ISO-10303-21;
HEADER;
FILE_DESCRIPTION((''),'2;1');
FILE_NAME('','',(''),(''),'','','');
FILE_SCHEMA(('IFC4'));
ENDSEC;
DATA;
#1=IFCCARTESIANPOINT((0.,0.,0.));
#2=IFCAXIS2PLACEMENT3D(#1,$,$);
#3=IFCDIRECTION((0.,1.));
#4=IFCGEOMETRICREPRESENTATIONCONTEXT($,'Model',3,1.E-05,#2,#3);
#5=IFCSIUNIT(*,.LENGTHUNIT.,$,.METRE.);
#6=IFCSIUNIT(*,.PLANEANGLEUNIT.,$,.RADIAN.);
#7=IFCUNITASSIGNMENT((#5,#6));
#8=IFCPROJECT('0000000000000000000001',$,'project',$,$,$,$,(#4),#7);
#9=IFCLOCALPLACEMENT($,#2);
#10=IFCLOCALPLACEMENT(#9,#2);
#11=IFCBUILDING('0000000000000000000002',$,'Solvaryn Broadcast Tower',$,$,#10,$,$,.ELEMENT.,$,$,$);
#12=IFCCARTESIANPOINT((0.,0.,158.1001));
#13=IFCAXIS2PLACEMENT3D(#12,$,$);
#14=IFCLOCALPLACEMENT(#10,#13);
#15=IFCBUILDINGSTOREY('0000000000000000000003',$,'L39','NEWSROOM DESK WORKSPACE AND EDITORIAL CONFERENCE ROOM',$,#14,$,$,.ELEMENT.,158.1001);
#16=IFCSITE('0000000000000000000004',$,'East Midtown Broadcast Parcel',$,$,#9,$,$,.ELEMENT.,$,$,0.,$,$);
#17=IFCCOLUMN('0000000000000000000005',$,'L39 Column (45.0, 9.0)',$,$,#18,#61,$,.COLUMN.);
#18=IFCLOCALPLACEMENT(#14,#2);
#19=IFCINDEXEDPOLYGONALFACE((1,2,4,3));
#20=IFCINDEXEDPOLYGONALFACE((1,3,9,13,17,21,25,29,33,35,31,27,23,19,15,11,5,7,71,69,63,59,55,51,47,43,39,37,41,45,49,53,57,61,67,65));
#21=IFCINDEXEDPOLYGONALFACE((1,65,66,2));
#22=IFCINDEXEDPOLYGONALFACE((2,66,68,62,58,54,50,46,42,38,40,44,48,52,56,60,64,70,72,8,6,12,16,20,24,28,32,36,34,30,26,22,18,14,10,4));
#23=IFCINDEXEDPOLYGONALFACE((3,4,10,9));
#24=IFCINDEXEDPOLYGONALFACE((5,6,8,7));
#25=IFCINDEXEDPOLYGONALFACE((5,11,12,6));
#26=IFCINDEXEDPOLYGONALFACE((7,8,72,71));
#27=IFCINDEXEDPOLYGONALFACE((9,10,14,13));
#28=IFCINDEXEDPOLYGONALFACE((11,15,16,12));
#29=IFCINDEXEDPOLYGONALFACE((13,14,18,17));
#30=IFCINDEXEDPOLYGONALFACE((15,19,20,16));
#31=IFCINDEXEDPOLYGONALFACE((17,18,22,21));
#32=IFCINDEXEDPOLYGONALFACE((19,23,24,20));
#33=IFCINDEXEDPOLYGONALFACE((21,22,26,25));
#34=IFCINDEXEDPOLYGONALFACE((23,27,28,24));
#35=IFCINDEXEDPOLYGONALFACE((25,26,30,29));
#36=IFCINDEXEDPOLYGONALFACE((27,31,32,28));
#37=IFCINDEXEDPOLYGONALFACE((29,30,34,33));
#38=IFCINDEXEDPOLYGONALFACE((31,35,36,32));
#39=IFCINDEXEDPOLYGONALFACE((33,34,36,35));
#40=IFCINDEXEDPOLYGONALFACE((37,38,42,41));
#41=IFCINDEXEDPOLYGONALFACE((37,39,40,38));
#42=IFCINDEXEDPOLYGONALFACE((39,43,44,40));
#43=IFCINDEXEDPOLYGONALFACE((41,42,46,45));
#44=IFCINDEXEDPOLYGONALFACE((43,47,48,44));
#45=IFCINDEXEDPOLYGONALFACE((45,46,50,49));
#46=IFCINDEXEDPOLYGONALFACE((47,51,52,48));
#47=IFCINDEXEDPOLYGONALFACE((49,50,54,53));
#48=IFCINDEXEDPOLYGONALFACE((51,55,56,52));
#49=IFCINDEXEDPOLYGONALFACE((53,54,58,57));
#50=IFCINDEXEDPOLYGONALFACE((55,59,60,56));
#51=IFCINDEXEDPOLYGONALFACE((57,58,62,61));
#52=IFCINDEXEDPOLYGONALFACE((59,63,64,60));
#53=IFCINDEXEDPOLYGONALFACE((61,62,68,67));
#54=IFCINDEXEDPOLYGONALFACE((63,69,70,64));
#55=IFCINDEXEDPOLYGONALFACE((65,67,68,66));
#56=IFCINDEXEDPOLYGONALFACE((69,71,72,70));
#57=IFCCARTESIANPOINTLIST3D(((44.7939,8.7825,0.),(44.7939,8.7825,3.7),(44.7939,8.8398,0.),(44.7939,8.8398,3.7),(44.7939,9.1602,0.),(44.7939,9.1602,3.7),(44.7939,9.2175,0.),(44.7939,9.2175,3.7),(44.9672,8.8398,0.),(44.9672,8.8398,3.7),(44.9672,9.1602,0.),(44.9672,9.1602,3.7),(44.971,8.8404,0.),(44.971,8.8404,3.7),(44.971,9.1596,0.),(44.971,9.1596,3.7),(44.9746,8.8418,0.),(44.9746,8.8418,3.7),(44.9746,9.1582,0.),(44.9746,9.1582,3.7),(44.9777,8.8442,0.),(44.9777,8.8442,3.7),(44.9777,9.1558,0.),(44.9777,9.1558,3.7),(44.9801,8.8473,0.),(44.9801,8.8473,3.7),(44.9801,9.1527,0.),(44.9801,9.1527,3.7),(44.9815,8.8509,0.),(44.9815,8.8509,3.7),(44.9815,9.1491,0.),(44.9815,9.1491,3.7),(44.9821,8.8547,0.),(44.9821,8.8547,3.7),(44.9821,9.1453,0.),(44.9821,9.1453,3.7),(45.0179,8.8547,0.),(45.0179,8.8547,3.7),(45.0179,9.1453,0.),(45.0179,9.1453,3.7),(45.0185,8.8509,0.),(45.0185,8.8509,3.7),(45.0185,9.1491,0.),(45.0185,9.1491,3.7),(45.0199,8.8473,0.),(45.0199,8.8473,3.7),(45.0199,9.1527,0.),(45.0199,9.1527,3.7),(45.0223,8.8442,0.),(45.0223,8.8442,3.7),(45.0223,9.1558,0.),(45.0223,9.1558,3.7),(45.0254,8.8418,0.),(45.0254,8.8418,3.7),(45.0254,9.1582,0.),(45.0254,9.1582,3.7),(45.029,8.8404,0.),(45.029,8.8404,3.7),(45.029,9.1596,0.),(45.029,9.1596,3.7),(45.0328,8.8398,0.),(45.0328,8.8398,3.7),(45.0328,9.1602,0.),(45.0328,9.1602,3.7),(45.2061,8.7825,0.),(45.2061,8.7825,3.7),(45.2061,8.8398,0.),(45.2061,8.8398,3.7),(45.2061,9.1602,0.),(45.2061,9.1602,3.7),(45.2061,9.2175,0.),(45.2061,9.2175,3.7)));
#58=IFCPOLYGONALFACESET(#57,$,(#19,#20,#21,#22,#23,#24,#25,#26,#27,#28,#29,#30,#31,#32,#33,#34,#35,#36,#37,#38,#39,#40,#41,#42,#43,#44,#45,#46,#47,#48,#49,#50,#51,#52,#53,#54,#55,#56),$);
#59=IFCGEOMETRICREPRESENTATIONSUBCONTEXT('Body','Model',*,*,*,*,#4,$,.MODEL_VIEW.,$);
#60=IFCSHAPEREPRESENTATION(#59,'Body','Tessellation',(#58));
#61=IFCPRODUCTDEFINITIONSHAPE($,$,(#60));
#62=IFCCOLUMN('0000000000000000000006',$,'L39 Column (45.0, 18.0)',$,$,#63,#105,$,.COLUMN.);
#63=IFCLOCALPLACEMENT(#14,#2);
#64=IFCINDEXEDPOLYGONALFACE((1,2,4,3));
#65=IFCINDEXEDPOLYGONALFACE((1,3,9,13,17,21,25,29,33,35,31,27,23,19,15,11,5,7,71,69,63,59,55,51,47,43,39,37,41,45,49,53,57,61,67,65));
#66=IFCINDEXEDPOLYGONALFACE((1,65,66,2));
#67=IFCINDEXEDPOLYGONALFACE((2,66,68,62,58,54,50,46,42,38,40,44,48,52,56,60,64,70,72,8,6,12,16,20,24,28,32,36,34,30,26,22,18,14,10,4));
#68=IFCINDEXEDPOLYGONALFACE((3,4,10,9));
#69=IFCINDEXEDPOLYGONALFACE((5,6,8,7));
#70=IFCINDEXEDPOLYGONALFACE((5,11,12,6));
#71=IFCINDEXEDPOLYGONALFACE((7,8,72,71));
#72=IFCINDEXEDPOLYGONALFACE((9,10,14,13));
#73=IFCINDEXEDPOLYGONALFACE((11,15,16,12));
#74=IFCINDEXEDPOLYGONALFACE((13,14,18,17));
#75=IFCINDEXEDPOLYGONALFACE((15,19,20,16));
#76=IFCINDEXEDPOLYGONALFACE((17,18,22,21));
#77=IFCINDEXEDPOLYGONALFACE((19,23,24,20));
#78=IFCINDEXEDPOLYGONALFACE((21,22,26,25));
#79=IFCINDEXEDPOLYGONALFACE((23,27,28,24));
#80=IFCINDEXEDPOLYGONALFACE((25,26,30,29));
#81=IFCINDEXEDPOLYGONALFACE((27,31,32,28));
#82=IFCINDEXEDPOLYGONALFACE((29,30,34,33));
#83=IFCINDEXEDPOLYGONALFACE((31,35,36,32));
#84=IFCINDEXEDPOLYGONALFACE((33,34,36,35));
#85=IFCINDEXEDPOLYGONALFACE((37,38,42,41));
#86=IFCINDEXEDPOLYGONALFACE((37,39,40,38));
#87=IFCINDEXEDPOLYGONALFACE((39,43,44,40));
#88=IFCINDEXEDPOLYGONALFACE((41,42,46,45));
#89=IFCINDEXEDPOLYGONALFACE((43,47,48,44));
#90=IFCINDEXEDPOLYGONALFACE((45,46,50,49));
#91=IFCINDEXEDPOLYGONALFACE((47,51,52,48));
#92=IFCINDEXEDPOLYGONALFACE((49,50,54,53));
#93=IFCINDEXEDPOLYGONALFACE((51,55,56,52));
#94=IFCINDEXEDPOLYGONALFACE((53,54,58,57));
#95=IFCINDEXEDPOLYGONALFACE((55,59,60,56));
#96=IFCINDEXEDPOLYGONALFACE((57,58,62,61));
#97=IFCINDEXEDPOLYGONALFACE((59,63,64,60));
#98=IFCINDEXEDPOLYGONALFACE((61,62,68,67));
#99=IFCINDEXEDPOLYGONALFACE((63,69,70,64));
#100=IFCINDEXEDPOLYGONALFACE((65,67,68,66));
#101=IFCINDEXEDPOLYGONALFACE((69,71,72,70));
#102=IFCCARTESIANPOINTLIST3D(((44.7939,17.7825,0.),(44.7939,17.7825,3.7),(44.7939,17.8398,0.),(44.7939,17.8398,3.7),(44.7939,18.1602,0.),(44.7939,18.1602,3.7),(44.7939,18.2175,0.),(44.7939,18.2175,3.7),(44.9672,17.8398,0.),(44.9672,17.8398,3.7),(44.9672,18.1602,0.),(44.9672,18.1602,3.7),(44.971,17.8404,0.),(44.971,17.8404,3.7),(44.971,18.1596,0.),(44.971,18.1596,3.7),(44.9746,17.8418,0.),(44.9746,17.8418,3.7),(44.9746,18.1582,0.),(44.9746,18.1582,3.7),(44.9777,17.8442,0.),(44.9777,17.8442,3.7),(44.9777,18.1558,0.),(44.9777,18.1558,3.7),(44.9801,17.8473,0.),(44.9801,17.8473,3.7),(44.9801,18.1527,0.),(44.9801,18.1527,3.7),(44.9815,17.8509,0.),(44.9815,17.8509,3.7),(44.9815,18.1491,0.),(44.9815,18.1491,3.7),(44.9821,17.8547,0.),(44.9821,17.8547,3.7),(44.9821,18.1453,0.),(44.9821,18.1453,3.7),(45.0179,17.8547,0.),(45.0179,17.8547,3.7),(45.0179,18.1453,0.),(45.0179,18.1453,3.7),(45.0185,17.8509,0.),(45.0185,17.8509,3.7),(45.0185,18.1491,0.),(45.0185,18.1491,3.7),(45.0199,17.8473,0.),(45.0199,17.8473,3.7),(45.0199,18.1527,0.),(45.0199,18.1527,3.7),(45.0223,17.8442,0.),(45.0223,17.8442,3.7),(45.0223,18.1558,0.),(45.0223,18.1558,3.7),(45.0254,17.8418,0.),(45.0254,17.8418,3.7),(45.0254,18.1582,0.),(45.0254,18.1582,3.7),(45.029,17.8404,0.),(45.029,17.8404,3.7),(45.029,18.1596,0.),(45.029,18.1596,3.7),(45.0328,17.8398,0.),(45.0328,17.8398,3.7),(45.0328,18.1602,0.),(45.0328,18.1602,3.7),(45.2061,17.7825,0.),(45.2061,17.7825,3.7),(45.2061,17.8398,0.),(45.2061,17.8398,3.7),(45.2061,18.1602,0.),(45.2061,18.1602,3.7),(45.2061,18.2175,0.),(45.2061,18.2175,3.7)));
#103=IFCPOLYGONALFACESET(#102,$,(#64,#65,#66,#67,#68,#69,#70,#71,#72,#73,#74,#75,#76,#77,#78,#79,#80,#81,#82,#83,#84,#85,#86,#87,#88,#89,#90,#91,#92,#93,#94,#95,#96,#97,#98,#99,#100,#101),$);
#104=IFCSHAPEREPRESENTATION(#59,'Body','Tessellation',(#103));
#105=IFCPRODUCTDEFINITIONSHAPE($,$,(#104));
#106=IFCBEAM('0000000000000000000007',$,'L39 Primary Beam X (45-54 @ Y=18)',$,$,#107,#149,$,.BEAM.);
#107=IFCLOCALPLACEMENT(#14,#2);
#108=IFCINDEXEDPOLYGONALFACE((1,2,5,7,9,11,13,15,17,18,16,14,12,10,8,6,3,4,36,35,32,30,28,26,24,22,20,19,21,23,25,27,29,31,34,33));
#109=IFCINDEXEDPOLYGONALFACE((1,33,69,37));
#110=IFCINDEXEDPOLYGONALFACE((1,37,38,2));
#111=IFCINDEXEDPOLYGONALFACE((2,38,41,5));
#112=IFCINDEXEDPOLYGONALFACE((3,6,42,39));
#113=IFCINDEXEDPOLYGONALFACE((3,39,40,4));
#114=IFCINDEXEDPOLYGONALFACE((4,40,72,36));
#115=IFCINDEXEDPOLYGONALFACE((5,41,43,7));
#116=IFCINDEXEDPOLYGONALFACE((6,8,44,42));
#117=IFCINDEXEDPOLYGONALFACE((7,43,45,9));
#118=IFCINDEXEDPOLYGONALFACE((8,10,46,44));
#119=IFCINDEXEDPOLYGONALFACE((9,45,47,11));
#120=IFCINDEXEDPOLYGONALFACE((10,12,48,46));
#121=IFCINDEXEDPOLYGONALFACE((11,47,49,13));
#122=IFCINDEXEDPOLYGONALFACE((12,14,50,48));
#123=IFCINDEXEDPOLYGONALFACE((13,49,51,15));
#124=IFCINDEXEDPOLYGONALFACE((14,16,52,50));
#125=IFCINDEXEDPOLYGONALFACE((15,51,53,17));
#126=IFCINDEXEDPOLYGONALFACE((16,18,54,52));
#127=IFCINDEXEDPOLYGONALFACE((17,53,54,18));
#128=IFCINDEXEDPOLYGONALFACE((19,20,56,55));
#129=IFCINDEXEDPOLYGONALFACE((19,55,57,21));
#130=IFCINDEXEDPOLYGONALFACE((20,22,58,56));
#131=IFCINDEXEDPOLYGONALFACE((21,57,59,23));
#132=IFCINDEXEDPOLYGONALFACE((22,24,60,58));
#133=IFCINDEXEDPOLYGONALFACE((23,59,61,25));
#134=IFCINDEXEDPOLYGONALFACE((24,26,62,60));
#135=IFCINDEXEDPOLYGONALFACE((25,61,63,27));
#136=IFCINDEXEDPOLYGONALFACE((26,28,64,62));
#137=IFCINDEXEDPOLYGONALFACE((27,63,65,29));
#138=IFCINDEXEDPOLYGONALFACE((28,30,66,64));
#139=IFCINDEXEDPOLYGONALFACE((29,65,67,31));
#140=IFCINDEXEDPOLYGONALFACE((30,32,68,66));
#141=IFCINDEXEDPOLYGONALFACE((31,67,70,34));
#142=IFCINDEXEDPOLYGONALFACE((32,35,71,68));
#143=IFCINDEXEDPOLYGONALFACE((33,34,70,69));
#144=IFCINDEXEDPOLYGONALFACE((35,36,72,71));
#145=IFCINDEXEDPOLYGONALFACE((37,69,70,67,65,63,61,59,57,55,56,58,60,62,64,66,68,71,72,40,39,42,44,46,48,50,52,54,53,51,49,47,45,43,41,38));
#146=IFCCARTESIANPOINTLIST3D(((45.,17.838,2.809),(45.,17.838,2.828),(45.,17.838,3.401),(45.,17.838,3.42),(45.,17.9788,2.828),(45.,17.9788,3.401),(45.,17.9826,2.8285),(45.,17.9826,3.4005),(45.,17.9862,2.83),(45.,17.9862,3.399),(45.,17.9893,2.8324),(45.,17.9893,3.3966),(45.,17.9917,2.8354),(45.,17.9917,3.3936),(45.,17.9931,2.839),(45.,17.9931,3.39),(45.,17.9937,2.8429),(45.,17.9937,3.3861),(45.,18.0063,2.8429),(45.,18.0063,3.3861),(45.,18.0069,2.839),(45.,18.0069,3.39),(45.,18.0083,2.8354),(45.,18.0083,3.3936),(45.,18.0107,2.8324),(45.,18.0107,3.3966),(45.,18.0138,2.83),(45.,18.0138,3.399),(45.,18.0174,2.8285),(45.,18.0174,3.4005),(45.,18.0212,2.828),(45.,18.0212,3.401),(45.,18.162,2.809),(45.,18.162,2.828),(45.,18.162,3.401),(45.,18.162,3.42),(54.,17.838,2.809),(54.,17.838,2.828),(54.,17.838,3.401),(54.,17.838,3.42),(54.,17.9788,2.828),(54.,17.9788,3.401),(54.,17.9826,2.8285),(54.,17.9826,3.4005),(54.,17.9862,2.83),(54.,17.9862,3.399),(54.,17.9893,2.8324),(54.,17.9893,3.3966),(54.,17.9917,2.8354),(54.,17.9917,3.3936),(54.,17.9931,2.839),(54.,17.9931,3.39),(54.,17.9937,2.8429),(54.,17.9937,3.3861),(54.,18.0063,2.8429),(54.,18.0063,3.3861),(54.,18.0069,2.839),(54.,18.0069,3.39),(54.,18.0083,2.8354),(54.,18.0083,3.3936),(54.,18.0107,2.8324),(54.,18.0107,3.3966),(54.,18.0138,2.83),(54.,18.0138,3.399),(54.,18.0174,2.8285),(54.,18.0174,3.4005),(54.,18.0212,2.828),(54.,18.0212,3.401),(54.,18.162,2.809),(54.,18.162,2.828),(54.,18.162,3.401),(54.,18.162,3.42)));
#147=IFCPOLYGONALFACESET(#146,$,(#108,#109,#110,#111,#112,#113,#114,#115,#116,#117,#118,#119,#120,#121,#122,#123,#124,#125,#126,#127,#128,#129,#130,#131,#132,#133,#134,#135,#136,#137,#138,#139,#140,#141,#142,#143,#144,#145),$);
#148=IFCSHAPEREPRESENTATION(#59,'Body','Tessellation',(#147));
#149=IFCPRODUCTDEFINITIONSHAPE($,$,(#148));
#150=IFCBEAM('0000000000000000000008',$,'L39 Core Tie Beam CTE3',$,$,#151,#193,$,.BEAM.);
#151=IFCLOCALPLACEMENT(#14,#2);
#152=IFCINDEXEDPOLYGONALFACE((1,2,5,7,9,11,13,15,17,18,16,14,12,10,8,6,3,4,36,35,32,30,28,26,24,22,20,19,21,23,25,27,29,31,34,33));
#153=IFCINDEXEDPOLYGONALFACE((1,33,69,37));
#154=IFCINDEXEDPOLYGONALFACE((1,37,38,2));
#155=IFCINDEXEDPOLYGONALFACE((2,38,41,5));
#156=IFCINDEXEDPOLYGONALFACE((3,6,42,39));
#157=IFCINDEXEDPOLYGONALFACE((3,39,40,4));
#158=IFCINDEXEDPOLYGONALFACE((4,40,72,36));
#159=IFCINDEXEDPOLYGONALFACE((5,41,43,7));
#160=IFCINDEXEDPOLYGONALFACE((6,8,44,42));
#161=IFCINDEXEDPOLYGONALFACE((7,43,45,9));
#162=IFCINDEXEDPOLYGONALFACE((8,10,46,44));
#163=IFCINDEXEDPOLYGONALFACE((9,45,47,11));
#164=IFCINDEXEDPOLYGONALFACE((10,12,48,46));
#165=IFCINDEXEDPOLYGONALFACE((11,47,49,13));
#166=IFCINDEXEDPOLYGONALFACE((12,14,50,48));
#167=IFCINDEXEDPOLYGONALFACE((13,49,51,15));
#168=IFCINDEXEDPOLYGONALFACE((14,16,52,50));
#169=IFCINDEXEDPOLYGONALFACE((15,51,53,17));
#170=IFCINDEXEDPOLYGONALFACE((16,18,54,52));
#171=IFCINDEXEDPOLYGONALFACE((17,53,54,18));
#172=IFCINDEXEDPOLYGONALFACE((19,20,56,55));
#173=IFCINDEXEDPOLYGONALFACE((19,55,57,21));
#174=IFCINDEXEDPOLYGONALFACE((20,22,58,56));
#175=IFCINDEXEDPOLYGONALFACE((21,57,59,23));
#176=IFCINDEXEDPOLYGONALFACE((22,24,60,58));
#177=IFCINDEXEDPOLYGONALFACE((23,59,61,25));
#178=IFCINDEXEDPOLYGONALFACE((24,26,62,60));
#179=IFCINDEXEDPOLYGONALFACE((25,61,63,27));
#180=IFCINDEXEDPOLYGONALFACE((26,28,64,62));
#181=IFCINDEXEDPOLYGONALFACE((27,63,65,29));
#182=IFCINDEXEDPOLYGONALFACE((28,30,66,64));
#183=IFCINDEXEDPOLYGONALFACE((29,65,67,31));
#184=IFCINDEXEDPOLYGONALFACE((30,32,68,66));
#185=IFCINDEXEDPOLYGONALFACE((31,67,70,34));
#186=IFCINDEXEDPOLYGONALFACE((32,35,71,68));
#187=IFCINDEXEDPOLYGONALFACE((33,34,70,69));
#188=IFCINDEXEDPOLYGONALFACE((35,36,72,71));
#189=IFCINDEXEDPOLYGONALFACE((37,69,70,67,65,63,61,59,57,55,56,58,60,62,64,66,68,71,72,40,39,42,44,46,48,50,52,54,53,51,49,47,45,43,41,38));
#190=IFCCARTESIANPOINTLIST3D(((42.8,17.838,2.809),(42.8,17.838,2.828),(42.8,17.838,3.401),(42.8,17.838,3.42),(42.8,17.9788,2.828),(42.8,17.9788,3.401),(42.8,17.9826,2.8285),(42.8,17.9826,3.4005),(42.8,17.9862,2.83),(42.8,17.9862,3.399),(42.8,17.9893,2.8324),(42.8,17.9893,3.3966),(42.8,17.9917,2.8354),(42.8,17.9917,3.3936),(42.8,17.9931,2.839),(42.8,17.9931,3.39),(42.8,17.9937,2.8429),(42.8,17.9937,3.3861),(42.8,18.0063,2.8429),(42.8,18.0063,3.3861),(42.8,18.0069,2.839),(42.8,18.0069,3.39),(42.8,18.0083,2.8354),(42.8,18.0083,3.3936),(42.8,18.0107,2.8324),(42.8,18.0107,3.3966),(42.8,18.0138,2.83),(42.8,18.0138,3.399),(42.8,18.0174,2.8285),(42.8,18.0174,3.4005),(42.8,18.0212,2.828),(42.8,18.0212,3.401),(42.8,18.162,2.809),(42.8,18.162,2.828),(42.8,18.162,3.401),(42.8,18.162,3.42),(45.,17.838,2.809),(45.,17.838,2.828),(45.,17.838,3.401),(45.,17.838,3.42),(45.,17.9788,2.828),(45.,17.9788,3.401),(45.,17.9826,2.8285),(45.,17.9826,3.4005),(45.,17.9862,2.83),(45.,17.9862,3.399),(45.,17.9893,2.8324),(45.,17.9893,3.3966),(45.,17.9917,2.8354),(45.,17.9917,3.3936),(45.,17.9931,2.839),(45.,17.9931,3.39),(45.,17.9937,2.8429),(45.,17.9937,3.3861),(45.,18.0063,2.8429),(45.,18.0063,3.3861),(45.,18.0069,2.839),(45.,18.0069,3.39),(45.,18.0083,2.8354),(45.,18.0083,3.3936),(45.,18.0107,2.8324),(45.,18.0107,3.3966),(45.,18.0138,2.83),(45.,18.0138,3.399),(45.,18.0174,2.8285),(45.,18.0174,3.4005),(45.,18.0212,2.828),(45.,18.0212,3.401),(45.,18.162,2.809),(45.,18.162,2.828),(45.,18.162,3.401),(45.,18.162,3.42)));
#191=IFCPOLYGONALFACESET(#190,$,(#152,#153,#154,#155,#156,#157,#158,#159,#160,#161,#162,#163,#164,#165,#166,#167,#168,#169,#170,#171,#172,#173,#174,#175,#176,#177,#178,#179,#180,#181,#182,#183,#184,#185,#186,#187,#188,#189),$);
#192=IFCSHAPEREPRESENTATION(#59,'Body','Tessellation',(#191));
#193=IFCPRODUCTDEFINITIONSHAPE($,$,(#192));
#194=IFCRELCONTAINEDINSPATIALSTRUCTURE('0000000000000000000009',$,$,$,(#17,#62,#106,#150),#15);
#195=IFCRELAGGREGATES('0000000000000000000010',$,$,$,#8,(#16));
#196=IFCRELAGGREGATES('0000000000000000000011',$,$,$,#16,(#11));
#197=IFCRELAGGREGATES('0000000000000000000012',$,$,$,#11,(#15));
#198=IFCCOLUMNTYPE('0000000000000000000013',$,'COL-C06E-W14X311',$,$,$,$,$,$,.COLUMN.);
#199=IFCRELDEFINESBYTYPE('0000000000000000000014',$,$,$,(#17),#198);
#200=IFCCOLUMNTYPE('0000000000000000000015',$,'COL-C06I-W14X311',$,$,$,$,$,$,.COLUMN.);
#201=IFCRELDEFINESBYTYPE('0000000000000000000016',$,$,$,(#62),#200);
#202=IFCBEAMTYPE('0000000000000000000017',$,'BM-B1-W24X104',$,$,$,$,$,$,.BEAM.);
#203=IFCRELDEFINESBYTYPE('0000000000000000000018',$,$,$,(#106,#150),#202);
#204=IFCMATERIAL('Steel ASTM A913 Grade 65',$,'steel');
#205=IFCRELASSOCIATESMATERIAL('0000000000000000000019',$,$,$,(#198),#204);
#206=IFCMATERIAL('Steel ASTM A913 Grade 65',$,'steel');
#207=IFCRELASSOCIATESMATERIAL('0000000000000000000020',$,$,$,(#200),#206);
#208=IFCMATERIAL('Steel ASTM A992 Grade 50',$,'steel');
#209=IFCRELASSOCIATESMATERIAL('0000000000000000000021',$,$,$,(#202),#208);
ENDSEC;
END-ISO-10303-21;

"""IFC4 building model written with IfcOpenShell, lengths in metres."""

from ifc_helpers import new_model, si_unit, direction, frame, origin, origin_2d, place, context, subcontext, project, spatial, i_section, extrude, material, material_profile, profile_set, type_object, element, save


model = new_model("IFC4")

# Units and contexts
model_context = context("Model", 3, precision=1e-05, world=origin(), true_north=direction((0.0, 1.0)))
body_context = subcontext(model_context, "Body", "Model", "MODEL_VIEW")
ifc_project = project(units=[si_unit("LENGTHUNIT", "METRE"), si_unit("PLANEANGLEUNIT", "RADIAN")], contexts=[model_context])

# Site, building, storey
site_placement = place(None, origin())
site = spatial("IfcSite", under=ifc_project, at=site_placement, Name="East Midtown Broadcast Parcel", CompositionType="ELEMENT", RefElevation=0.0)
building_placement = place(site_placement, origin())
building = spatial("IfcBuilding", under=site, at=building_placement, Name="Solvaryn Broadcast Tower", CompositionType="ELEMENT")
storey_placement = place(building_placement, frame((0.0, 0.0, 158.1001)))
storey = spatial("IfcBuildingStorey", under=building, at=storey_placement, Name="L39", Description="NEWSROOM DESK WORKSPACE AND EDITORIAL CONFERENCE ROOM", CompositionType="ELEMENT", Elevation=158.1001)

# Columns
ifc_material_1 = material(Name="Steel ASTM A913 Grade 65", Category="steel")
ifc_material_profile_1 = material_profile(ifc_material_1, i_section(OverallWidth=0.4121, OverallDepth=0.4351, WebThickness=0.0359, FlangeThickness=0.0574, FilletRadius=0.0149, at=origin_2d()))
ifc_profile_set_1 = profile_set([ifc_material_profile_1], Name="Steel ASTM A913 Grade 65")
column_type_1 = type_object("IfcColumnType", Name="COL-C06E-W14X311", PredefinedType="COLUMN", material=ifc_profile_set_1)
column_1_placement = place(storey_placement, frame((45.0, 9.0, 0.0), z_axis=(0.0, 0.0, 1.0), x_axis=(1.0, 0.0, 0.0)))
element("IfcColumn", 1, at=column_1_placement, inside=storey, type_object=column_type_1, Name="L39 Column (45.0, 9.0)", PredefinedType="COLUMN", context=body_context, shape_type="SweptSolid", body=[
    extrude(i_section(OverallWidth=0.4121, OverallDepth=0.4351, WebThickness=0.0359, FlangeThickness=0.0574, FilletRadius=0.0149, at=origin_2d()), origin(), (0.0, 0.0, 1.0), 3.7),
])
ifc_material_2 = material(Name="Steel ASTM A913 Grade 65", Category="steel")
ifc_material_profile_2 = material_profile(ifc_material_2, i_section(OverallWidth=0.4121, OverallDepth=0.4351, WebThickness=0.0359, FlangeThickness=0.0574, FilletRadius=0.0149, at=origin_2d()))
ifc_profile_set_2 = profile_set([ifc_material_profile_2], Name="Steel ASTM A913 Grade 65")
column_type_2 = type_object("IfcColumnType", Name="COL-C06I-W14X311", PredefinedType="COLUMN", material=ifc_profile_set_2)
column_2_placement = place(storey_placement, frame((45.0, 18.0, 0.0), z_axis=(0.0, 0.0, 1.0), x_axis=(1.0, 0.0, 0.0)))
element("IfcColumn", 2, at=column_2_placement, inside=storey, type_object=column_type_2, Name="L39 Column (45.0, 18.0)", PredefinedType="COLUMN", context=body_context, shape_type="SweptSolid", body=[
    extrude(i_section(OverallWidth=0.4121, OverallDepth=0.4351, WebThickness=0.0359, FlangeThickness=0.0574, FilletRadius=0.0149, at=origin_2d()), origin(), (0.0, 0.0, 1.0), 3.7),
])

# Beams
ifc_material_3 = material(Name="Steel ASTM A992 Grade 50", Category="steel")
ifc_material_profile_3 = material_profile(ifc_material_3, i_section(OverallWidth=0.324, OverallDepth=0.6111, WebThickness=0.0127, FlangeThickness=0.019, FilletRadius=0.0149, at=origin_2d()))
ifc_profile_set_3 = profile_set([ifc_material_profile_3], Name="Steel ASTM A992 Grade 50")
beam_type = type_object("IfcBeamType", Name="BM-B1-W24X104", PredefinedType="BEAM", material=ifc_profile_set_3)
beam_1_placement = place(storey_placement, frame((45.0, 18.0, 3.1145), z_axis=(1.0, 0.0, 0.0), x_axis=(0.0, 1.0, 0.0)))
element("IfcBeam", 3, at=beam_1_placement, inside=storey, type_object=beam_type, Name="L39 Primary Beam X (45-54 @ Y=18)", PredefinedType="BEAM", context=body_context, shape_type="SweptSolid", body=[
    extrude(i_section(OverallWidth=0.324, OverallDepth=0.6111, WebThickness=0.0127, FlangeThickness=0.019, FilletRadius=0.0149, at=origin_2d()), origin(), (0.0, 0.0, 1.0), 9.0),
])
beam_2_placement = place(storey_placement, frame((42.8, 18.0, 3.1145), z_axis=(1.0, 0.0, 0.0), x_axis=(0.0, 1.0, 0.0)))
element("IfcBeam", 4, at=beam_2_placement, inside=storey, type_object=beam_type, Name="L39 Core Tie Beam CTE3", PredefinedType="BEAM", context=body_context, shape_type="SweptSolid", body=[
    extrude(i_section(OverallWidth=0.324, OverallDepth=0.6111, WebThickness=0.0127, FlangeThickness=0.019, FilletRadius=0.0149, at=origin_2d()), origin(), (0.0, 0.0, 1.0), 2.2),
])

save(model, "model.ifc")
